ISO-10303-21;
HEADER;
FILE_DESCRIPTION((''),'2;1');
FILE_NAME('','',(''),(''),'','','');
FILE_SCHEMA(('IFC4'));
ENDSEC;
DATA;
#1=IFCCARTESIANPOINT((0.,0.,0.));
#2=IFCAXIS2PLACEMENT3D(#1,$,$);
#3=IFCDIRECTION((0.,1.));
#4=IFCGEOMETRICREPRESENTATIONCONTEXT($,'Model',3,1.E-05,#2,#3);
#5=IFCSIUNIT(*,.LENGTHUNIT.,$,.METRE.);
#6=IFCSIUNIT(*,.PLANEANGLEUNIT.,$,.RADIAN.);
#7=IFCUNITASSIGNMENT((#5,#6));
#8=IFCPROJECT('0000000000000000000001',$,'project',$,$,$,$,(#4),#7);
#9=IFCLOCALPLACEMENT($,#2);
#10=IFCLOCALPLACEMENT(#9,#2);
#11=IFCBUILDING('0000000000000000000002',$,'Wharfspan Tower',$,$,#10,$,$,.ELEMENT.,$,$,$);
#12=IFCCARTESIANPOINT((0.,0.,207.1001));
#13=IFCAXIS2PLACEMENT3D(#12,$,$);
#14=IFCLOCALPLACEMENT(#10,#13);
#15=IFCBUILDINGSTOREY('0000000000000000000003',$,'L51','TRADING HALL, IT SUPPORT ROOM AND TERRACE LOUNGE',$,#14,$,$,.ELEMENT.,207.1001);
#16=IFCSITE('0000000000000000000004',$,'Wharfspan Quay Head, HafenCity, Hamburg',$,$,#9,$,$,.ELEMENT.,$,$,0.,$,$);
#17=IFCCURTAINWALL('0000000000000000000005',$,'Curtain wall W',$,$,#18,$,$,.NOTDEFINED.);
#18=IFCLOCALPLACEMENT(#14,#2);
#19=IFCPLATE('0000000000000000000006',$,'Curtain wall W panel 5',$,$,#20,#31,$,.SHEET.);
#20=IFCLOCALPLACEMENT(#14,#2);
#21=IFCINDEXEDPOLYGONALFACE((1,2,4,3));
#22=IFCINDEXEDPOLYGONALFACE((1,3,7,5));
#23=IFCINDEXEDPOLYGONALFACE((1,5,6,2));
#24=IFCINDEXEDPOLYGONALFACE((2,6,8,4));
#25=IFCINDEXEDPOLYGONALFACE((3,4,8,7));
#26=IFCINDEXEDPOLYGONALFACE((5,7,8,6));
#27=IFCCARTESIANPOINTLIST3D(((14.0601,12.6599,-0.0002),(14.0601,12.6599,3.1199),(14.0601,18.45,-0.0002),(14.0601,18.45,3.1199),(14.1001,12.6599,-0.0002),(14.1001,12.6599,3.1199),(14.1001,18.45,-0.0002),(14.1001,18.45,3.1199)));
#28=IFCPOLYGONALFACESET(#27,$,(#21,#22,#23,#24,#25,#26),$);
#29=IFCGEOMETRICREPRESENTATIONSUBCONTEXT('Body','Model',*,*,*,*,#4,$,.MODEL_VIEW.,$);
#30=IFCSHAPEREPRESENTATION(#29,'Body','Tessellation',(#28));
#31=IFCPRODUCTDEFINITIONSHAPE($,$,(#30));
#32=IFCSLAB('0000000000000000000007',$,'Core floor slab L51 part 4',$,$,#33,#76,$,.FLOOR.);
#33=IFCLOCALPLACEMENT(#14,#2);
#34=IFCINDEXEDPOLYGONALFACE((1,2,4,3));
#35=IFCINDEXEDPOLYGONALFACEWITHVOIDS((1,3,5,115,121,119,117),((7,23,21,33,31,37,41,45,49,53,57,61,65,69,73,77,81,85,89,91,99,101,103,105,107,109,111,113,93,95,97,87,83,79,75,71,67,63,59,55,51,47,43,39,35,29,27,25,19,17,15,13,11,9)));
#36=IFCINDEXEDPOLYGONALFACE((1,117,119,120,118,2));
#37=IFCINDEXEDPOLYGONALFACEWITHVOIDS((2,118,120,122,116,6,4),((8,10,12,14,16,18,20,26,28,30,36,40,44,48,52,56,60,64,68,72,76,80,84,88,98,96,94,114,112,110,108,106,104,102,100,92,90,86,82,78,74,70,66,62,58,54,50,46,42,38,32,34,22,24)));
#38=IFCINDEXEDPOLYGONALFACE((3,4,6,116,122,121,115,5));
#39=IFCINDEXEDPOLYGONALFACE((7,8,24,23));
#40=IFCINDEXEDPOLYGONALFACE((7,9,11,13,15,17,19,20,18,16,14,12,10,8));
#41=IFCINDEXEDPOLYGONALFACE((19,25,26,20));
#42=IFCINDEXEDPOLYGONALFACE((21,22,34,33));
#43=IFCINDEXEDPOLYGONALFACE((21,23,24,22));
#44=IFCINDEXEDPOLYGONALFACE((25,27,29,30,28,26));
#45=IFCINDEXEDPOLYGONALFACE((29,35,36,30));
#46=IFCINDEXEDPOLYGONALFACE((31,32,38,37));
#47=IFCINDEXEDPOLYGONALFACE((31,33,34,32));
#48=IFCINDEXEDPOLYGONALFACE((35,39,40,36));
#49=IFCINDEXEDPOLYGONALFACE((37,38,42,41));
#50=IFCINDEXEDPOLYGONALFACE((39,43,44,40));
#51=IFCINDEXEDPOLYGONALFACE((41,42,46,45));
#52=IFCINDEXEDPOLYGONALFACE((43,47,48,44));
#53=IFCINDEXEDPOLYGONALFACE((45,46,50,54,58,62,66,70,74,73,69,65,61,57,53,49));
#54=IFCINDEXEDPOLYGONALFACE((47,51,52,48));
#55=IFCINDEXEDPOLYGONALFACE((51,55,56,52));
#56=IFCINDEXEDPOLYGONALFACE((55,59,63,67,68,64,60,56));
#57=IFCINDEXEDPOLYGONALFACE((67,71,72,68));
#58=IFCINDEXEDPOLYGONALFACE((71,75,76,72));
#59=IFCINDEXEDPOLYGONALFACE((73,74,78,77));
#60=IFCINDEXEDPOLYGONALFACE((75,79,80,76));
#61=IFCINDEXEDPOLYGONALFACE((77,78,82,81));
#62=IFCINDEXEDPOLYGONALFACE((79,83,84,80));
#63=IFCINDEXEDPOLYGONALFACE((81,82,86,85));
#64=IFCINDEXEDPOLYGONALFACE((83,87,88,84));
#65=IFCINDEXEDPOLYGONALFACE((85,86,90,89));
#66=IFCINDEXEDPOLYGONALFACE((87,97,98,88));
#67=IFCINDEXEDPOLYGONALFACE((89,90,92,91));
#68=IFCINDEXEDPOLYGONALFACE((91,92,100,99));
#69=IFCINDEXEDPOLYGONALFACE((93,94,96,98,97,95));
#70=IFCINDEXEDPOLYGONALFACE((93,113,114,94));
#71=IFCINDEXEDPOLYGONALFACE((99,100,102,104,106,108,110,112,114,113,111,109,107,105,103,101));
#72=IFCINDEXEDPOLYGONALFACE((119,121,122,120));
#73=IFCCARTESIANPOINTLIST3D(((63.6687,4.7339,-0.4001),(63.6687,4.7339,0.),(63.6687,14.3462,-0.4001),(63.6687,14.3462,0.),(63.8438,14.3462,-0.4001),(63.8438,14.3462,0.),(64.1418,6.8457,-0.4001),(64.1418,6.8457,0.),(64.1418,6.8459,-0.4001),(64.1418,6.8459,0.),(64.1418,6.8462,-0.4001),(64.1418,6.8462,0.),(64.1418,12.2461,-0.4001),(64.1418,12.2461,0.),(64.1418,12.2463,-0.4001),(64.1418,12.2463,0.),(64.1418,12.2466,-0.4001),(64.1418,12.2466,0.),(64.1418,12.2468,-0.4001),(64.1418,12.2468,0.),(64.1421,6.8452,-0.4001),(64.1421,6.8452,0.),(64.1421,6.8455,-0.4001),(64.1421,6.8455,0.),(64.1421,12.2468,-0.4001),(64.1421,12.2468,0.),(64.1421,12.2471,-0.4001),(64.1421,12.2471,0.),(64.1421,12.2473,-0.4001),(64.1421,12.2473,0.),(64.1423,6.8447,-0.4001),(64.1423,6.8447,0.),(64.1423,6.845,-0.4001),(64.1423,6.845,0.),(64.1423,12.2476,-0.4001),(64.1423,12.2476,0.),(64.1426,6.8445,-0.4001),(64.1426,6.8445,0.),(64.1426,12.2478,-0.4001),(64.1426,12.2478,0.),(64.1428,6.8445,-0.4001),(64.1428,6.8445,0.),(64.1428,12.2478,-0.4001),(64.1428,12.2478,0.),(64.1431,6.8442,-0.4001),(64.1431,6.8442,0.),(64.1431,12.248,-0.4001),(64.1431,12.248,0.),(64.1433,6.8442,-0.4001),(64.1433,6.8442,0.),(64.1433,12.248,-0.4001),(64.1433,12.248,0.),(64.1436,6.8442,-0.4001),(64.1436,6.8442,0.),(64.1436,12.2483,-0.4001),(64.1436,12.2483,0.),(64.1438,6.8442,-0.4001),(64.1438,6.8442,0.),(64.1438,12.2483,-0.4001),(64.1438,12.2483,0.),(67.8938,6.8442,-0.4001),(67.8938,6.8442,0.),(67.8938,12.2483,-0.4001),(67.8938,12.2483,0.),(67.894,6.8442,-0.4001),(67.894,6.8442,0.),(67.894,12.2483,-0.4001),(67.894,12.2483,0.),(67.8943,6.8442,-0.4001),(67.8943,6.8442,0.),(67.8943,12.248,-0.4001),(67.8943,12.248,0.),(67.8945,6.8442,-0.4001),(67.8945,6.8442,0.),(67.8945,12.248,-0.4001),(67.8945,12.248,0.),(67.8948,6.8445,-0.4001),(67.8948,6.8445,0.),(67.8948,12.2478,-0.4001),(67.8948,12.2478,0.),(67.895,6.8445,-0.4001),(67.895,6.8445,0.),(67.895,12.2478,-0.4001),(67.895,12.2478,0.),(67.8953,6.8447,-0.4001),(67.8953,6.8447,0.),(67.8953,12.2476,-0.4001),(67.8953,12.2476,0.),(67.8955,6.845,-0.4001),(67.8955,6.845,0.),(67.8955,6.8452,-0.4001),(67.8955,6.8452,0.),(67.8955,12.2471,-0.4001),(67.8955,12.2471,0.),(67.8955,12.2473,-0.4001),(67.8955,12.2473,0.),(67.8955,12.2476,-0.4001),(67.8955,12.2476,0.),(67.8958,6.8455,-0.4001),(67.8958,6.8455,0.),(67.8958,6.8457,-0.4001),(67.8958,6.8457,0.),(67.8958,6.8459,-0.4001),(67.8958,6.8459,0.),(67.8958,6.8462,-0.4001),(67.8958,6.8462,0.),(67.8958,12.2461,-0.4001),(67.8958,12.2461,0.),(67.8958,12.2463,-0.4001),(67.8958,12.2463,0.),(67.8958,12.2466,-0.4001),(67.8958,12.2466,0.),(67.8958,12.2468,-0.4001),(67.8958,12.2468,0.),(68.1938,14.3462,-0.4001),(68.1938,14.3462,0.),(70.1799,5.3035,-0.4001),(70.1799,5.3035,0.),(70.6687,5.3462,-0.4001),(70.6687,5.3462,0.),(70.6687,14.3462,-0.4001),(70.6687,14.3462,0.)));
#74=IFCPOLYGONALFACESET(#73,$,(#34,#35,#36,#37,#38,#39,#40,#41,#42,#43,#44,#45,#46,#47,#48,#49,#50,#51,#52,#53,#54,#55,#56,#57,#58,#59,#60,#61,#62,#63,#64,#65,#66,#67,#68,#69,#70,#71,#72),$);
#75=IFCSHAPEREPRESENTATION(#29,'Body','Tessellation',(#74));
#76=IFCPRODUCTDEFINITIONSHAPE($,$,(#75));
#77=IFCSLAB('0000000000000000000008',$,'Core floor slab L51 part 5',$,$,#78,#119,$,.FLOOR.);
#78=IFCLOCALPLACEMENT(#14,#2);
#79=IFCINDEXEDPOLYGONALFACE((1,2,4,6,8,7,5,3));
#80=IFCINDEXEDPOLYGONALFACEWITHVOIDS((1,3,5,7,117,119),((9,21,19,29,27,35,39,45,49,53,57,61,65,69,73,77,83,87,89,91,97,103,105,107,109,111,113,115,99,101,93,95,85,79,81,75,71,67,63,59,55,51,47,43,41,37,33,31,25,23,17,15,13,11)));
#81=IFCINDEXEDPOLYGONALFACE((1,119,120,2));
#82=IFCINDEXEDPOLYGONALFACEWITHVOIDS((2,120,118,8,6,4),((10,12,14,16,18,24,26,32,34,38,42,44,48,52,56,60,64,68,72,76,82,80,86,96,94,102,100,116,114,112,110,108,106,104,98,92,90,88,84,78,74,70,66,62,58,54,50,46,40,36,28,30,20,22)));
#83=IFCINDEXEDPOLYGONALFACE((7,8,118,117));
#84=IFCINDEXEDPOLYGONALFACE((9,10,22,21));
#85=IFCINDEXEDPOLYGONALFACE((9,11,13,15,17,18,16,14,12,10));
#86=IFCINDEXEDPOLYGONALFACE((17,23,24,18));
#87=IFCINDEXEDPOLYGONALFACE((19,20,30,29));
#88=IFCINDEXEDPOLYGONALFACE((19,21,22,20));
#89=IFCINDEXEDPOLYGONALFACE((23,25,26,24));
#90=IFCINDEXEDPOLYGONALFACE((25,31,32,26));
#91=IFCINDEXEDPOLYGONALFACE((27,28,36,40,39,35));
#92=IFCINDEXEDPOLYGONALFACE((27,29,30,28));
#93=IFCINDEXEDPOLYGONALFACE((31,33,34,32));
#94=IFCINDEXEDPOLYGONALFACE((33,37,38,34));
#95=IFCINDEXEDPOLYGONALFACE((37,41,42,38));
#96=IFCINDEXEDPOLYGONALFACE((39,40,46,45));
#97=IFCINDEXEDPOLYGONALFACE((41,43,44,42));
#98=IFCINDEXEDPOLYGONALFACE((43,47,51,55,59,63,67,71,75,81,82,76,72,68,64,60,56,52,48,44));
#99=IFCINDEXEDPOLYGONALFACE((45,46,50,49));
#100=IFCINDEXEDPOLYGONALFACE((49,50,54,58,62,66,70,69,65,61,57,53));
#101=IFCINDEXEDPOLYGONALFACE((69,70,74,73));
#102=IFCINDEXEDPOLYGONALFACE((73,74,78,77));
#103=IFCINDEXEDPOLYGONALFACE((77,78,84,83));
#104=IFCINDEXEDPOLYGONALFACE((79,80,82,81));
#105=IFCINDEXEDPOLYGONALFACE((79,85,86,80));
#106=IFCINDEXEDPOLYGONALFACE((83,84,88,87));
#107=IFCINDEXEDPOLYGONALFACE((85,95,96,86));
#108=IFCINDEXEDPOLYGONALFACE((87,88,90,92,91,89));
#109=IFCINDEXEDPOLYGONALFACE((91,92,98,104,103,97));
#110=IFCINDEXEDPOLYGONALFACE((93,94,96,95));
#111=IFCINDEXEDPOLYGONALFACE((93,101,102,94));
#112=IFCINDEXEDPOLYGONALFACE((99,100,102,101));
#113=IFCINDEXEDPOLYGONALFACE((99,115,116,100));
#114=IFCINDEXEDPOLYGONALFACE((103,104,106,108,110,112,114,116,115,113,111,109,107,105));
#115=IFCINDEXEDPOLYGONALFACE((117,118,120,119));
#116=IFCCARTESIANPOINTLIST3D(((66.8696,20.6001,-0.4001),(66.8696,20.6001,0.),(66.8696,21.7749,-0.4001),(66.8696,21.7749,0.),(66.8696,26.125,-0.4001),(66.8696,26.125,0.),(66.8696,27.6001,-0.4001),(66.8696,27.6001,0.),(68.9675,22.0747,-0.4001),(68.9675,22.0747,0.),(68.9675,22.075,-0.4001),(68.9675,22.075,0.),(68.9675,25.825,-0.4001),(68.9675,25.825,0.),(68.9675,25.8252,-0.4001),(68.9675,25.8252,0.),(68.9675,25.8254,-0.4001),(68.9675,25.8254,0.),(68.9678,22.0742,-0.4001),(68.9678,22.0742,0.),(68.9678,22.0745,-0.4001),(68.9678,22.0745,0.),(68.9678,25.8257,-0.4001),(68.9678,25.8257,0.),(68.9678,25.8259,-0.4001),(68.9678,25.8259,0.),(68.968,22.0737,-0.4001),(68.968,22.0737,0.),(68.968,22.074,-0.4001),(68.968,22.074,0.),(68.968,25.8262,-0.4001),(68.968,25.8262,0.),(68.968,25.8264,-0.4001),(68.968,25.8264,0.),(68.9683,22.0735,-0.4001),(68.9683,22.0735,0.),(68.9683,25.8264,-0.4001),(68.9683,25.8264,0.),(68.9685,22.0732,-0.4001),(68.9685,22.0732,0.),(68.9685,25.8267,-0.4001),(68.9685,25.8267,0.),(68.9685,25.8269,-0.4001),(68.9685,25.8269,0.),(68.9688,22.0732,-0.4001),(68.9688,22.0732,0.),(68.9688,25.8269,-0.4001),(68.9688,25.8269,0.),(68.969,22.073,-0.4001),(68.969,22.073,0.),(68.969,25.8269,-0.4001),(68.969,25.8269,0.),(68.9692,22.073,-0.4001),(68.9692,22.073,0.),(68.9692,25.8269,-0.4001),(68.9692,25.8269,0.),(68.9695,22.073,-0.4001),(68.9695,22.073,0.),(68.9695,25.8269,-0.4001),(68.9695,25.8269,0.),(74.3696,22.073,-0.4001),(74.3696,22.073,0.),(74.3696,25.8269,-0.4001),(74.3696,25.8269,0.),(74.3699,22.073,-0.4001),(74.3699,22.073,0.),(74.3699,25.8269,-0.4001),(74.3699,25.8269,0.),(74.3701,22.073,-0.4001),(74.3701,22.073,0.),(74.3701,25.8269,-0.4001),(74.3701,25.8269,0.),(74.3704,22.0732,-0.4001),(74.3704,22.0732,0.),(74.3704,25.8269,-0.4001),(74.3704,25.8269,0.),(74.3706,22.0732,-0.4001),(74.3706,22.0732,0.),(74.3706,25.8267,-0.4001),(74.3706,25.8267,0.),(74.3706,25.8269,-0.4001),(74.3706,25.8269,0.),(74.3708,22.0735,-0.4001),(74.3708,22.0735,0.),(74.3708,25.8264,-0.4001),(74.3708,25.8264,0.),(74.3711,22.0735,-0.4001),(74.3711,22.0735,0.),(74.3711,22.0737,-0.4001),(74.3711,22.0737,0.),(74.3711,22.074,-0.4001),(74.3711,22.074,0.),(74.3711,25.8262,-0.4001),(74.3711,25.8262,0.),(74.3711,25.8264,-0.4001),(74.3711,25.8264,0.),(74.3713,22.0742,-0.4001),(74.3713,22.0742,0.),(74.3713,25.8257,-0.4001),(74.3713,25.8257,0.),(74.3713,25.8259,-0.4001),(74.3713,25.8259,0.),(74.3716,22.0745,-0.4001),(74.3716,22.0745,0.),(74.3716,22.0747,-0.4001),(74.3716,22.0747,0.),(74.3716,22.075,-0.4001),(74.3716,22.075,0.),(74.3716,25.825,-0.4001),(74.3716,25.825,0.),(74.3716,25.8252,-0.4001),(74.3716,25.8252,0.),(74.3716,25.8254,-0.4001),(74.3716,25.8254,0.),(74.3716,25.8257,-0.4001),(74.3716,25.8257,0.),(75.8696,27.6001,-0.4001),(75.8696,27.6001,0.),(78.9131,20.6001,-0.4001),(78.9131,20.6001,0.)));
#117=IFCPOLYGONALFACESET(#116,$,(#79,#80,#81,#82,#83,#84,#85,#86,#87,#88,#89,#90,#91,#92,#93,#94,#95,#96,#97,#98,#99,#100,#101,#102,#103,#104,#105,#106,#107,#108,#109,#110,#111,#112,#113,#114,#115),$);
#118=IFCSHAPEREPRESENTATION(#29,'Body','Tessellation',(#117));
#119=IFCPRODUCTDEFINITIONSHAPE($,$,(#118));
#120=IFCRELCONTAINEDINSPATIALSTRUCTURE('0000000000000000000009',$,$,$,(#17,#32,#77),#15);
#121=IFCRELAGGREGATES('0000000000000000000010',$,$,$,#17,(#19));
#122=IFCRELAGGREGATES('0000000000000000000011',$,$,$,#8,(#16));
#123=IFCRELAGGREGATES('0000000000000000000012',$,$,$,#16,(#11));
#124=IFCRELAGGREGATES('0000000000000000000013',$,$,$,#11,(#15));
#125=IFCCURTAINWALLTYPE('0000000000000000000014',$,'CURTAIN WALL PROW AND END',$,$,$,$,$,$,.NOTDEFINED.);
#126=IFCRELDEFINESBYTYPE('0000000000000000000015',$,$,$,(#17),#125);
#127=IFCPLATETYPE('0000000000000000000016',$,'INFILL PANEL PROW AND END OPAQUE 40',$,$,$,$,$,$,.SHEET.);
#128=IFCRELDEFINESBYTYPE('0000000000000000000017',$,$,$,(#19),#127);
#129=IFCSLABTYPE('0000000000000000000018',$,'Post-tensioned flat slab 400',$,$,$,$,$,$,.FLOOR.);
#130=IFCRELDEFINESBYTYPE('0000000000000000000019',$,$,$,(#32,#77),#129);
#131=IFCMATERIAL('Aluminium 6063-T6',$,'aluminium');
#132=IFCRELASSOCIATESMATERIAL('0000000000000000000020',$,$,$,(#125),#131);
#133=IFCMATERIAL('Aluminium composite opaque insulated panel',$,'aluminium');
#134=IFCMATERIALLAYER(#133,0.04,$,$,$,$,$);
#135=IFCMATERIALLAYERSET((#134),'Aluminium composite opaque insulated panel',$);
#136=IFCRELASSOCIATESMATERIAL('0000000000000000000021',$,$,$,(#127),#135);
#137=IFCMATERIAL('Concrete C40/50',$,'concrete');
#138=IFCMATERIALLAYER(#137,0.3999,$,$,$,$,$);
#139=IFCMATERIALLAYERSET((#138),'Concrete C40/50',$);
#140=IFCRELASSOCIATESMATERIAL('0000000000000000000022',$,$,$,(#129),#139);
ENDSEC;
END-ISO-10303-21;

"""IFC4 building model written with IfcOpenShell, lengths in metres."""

from ifc_helpers import new_model, si_unit, direction, frame, origin, origin_2d, place, context, subcontext, project, spatial, polyline, rectangle, outline, extrude, material, layer, layer_set, type_object, element, aggregate, save


model = new_model("IFC4")

# Units and contexts
model_context = context("Model", 3, precision=1e-05, world=origin(), true_north=direction((0.0, 1.0)))
body_context = subcontext(model_context, "Body", "Model", "MODEL_VIEW")
ifc_project = project(units=[si_unit("LENGTHUNIT", "METRE"), si_unit("PLANEANGLEUNIT", "RADIAN")], contexts=[model_context])

# Site, building, storey
site_placement = place(None, origin())
site = spatial("IfcSite", under=ifc_project, at=site_placement, Name="Wharfspan Quay Head, HafenCity, Hamburg", CompositionType="ELEMENT", RefElevation=0.0)
building_placement = place(site_placement, origin())
building = spatial("IfcBuilding", under=site, at=building_placement, Name="Wharfspan Tower", CompositionType="ELEMENT")
storey_placement = place(building_placement, frame((0.0, 0.0, 207.1001)))
storey = spatial("IfcBuildingStorey", under=building, at=storey_placement, Name="L51", Description="TRADING HALL, IT SUPPORT ROOM AND TERRACE LOUNGE", CompositionType="ELEMENT", Elevation=207.1001)

# Curtain wall
ifc_material_1 = material(Name="Aluminium 6063-T6", Category="aluminium")
curtain_wall_type = type_object("IfcCurtainWallType", Name="CURTAIN WALL PROW AND END", PredefinedType="NOTDEFINED", material=ifc_material_1)
curtain_wall_1_placement = place(storey_placement, origin())
curtain_wall_1 = element("IfcCurtainWall", 1, at=curtain_wall_1_placement, inside=storey, type_object=curtain_wall_type, Name="Curtain wall W", PredefinedType="NOTDEFINED")

# Plate
ifc_material_2 = material(Name="Aluminium composite opaque insulated panel", Category="aluminium")
ifc_layer_1 = layer(ifc_material_2, 0.04)
ifc_layer_set_1 = layer_set([ifc_layer_1], Name="Aluminium composite opaque insulated panel")
plate_type = type_object("IfcPlateType", Name="INFILL PANEL PROW AND END OPAQUE 40", PredefinedType="SHEET", material=ifc_layer_set_1)
plate_placement = place(storey_placement, frame((14.0801, 15.5549, -0.0002), z_axis=(0.0, 0.0, 1.0), x_axis=(0.0, -1.0, 0.0)))
plate = element("IfcPlate", 2, at=plate_placement, type_object=plate_type, Name="Curtain wall W panel 5", PredefinedType="SHEET", context=body_context, shape_type="SweptSolid", body=[
    extrude(rectangle(XDim=5.79, YDim=0.04, at=origin_2d()), origin(), (0.0, 0.0, 1.0), 3.1201),
])
aggregate(curtain_wall_1, [plate])

# Slabs
ifc_material_3 = material(Name="Concrete C40/50", Category="concrete")
ifc_layer_2 = layer(ifc_material_3, 0.3999)
ifc_layer_set_2 = layer_set([ifc_layer_2], Name="Concrete C40/50")
slab_type = type_object("IfcSlabType", Name="Post-tensioned flat slab 400", PredefinedType="FLOOR", material=ifc_layer_set_2)
slab_1_placement = place(storey_placement, frame((0.0, 0.0, -0.4001)))
element("IfcSlab", 3, at=slab_1_placement, inside=storey, type_object=slab_type, Name="Core floor slab L51 part 4", PredefinedType="FLOOR", context=body_context, shape_type="SweptSolid", body=[
    extrude(outline(polyline([(70.6687, 14.3462), (68.1938, 14.3462), (63.8438, 14.3462), (63.6687, 14.3462), (63.6687, 4.7339), (70.1799, 5.3035), (70.6687, 5.3462), (70.6687, 14.3462)]), holes=[polyline([(64.1418, 12.2461), (64.1418, 12.2463), (64.1418, 12.2466), (64.1418, 12.2468), (64.1421, 12.2468), (64.1421, 12.2471), (64.1421, 12.2473), (64.1423, 12.2476), (64.1423, 12.2476), (64.1426, 12.2478), (64.1426, 12.2478), (64.1428, 12.2478), (64.1431, 12.248), (64.1433, 12.248), (64.1433, 12.248), (64.1436, 12.2483), (64.1438, 12.2483), (67.8938, 12.2483), (67.894, 12.2483), (67.8943, 12.248), (67.8943, 12.248), (67.8945, 12.248), (67.8948, 12.2478), (67.895, 12.2478), (67.895, 12.2478), (67.8953, 12.2476), (67.8955, 12.2476), (67.8955, 12.2473), (67.8955, 12.2471), (67.8958, 12.2468), (67.8958, 12.2468), (67.8958, 12.2466), (67.8958, 12.2463), (67.8958, 12.2461), (67.8958, 6.8462), (67.8958, 6.8459), (67.8958, 6.8457), (67.8958, 6.8457), (67.8958, 6.8455), (67.8955, 6.8452), (67.8955, 6.8452), (67.8955, 6.845), (67.8953, 6.8447), (67.895, 6.8445), (67.895, 6.8445), (67.8948, 6.8445), (67.8945, 6.8442), (67.8943, 6.8442), (67.8943, 6.8442), (67.894, 6.8442), (67.8938, 6.8442), (64.1438, 6.8442), (64.1436, 6.8442), (64.1433, 6.8442), (64.1433, 6.8442), (64.1431, 6.8442), (64.1428, 6.8445), (64.1426, 6.8445), (64.1426, 6.8445), (64.1423, 6.8447), (64.1423, 6.845), (64.1421, 6.8452), (64.1421, 6.8452), (64.1421, 6.8455), (64.1418, 6.8457), (64.1418, 6.8457), (64.1418, 6.8459), (64.1418, 6.8462), (64.1418, 12.2461)])]), origin(), (0.0, 0.0, 1.0), 0.4001),
])
slab_2_placement = place(storey_placement, frame((0.0, 0.0, -0.4001)))
element("IfcSlab", 4, at=slab_2_placement, inside=storey, type_object=slab_type, Name="Core floor slab L51 part 5", PredefinedType="FLOOR", context=body_context, shape_type="SweptSolid", body=[
    extrude(outline(polyline([(75.8696, 27.6001), (66.8696, 27.6001), (66.8696, 26.125), (66.8696, 21.7749), (66.8696, 20.6001), (78.9131, 20.6001), (75.8696, 27.6001)]), holes=[polyline([(68.9675, 25.825), (68.9675, 25.8252), (68.9675, 25.8254), (68.9678, 25.8257), (68.9678, 25.8257), (68.9678, 25.8259), (68.968, 25.8262), (68.968, 25.8264), (68.9683, 25.8264), (68.9683, 25.8264), (68.9685, 25.8267), (68.9685, 25.8269), (68.9688, 25.8269), (68.969, 25.8269), (68.9692, 25.8269), (68.9695, 25.8269), (68.9695, 25.8269), (74.3696, 25.8269), (74.3699, 25.8269), (74.3701, 25.8269), (74.3701, 25.8269), (74.3704, 25.8269), (74.3706, 25.8269), (74.3706, 25.8267), (74.3709, 25.8264), (74.3711, 25.8264), (74.3711, 25.8264), (74.3711, 25.8262), (74.3713, 25.8259), (74.3713, 25.8257), (74.3716, 25.8257), (74.3716, 25.8254), (74.3716, 25.8252), (74.3716, 25.825), (74.3716, 22.075), (74.3716, 22.0747), (74.3716, 22.0747), (74.3716, 22.0745), (74.3713, 22.0742), (74.3713, 22.0742), (74.3711, 22.074), (74.3711, 22.0737), (74.3711, 22.0735), (74.3709, 22.0735), (74.3706, 22.0732), (74.3706, 22.0732), (74.3704, 22.0732), (74.3701, 22.073), (74.3701, 22.073), (74.3699, 22.073), (74.3696, 22.073), (68.9695, 22.073), (68.9695, 22.073), (68.9692, 22.073), (68.969, 22.073), (68.9688, 22.0732), (68.9685, 22.0732), (68.9685, 22.0732), (68.9683, 22.0735), (68.9683, 22.0735), (68.968, 22.0737), (68.968, 22.074), (68.9678, 22.0742), (68.9678, 22.0742), (68.9678, 22.0745), (68.9675, 22.0747), (68.9675, 22.0747), (68.9675, 22.075), (68.9675, 25.825)])]), origin(), (0.0, 0.0, 1.0), 0.4001),
])

save(model, "model.ifc")
